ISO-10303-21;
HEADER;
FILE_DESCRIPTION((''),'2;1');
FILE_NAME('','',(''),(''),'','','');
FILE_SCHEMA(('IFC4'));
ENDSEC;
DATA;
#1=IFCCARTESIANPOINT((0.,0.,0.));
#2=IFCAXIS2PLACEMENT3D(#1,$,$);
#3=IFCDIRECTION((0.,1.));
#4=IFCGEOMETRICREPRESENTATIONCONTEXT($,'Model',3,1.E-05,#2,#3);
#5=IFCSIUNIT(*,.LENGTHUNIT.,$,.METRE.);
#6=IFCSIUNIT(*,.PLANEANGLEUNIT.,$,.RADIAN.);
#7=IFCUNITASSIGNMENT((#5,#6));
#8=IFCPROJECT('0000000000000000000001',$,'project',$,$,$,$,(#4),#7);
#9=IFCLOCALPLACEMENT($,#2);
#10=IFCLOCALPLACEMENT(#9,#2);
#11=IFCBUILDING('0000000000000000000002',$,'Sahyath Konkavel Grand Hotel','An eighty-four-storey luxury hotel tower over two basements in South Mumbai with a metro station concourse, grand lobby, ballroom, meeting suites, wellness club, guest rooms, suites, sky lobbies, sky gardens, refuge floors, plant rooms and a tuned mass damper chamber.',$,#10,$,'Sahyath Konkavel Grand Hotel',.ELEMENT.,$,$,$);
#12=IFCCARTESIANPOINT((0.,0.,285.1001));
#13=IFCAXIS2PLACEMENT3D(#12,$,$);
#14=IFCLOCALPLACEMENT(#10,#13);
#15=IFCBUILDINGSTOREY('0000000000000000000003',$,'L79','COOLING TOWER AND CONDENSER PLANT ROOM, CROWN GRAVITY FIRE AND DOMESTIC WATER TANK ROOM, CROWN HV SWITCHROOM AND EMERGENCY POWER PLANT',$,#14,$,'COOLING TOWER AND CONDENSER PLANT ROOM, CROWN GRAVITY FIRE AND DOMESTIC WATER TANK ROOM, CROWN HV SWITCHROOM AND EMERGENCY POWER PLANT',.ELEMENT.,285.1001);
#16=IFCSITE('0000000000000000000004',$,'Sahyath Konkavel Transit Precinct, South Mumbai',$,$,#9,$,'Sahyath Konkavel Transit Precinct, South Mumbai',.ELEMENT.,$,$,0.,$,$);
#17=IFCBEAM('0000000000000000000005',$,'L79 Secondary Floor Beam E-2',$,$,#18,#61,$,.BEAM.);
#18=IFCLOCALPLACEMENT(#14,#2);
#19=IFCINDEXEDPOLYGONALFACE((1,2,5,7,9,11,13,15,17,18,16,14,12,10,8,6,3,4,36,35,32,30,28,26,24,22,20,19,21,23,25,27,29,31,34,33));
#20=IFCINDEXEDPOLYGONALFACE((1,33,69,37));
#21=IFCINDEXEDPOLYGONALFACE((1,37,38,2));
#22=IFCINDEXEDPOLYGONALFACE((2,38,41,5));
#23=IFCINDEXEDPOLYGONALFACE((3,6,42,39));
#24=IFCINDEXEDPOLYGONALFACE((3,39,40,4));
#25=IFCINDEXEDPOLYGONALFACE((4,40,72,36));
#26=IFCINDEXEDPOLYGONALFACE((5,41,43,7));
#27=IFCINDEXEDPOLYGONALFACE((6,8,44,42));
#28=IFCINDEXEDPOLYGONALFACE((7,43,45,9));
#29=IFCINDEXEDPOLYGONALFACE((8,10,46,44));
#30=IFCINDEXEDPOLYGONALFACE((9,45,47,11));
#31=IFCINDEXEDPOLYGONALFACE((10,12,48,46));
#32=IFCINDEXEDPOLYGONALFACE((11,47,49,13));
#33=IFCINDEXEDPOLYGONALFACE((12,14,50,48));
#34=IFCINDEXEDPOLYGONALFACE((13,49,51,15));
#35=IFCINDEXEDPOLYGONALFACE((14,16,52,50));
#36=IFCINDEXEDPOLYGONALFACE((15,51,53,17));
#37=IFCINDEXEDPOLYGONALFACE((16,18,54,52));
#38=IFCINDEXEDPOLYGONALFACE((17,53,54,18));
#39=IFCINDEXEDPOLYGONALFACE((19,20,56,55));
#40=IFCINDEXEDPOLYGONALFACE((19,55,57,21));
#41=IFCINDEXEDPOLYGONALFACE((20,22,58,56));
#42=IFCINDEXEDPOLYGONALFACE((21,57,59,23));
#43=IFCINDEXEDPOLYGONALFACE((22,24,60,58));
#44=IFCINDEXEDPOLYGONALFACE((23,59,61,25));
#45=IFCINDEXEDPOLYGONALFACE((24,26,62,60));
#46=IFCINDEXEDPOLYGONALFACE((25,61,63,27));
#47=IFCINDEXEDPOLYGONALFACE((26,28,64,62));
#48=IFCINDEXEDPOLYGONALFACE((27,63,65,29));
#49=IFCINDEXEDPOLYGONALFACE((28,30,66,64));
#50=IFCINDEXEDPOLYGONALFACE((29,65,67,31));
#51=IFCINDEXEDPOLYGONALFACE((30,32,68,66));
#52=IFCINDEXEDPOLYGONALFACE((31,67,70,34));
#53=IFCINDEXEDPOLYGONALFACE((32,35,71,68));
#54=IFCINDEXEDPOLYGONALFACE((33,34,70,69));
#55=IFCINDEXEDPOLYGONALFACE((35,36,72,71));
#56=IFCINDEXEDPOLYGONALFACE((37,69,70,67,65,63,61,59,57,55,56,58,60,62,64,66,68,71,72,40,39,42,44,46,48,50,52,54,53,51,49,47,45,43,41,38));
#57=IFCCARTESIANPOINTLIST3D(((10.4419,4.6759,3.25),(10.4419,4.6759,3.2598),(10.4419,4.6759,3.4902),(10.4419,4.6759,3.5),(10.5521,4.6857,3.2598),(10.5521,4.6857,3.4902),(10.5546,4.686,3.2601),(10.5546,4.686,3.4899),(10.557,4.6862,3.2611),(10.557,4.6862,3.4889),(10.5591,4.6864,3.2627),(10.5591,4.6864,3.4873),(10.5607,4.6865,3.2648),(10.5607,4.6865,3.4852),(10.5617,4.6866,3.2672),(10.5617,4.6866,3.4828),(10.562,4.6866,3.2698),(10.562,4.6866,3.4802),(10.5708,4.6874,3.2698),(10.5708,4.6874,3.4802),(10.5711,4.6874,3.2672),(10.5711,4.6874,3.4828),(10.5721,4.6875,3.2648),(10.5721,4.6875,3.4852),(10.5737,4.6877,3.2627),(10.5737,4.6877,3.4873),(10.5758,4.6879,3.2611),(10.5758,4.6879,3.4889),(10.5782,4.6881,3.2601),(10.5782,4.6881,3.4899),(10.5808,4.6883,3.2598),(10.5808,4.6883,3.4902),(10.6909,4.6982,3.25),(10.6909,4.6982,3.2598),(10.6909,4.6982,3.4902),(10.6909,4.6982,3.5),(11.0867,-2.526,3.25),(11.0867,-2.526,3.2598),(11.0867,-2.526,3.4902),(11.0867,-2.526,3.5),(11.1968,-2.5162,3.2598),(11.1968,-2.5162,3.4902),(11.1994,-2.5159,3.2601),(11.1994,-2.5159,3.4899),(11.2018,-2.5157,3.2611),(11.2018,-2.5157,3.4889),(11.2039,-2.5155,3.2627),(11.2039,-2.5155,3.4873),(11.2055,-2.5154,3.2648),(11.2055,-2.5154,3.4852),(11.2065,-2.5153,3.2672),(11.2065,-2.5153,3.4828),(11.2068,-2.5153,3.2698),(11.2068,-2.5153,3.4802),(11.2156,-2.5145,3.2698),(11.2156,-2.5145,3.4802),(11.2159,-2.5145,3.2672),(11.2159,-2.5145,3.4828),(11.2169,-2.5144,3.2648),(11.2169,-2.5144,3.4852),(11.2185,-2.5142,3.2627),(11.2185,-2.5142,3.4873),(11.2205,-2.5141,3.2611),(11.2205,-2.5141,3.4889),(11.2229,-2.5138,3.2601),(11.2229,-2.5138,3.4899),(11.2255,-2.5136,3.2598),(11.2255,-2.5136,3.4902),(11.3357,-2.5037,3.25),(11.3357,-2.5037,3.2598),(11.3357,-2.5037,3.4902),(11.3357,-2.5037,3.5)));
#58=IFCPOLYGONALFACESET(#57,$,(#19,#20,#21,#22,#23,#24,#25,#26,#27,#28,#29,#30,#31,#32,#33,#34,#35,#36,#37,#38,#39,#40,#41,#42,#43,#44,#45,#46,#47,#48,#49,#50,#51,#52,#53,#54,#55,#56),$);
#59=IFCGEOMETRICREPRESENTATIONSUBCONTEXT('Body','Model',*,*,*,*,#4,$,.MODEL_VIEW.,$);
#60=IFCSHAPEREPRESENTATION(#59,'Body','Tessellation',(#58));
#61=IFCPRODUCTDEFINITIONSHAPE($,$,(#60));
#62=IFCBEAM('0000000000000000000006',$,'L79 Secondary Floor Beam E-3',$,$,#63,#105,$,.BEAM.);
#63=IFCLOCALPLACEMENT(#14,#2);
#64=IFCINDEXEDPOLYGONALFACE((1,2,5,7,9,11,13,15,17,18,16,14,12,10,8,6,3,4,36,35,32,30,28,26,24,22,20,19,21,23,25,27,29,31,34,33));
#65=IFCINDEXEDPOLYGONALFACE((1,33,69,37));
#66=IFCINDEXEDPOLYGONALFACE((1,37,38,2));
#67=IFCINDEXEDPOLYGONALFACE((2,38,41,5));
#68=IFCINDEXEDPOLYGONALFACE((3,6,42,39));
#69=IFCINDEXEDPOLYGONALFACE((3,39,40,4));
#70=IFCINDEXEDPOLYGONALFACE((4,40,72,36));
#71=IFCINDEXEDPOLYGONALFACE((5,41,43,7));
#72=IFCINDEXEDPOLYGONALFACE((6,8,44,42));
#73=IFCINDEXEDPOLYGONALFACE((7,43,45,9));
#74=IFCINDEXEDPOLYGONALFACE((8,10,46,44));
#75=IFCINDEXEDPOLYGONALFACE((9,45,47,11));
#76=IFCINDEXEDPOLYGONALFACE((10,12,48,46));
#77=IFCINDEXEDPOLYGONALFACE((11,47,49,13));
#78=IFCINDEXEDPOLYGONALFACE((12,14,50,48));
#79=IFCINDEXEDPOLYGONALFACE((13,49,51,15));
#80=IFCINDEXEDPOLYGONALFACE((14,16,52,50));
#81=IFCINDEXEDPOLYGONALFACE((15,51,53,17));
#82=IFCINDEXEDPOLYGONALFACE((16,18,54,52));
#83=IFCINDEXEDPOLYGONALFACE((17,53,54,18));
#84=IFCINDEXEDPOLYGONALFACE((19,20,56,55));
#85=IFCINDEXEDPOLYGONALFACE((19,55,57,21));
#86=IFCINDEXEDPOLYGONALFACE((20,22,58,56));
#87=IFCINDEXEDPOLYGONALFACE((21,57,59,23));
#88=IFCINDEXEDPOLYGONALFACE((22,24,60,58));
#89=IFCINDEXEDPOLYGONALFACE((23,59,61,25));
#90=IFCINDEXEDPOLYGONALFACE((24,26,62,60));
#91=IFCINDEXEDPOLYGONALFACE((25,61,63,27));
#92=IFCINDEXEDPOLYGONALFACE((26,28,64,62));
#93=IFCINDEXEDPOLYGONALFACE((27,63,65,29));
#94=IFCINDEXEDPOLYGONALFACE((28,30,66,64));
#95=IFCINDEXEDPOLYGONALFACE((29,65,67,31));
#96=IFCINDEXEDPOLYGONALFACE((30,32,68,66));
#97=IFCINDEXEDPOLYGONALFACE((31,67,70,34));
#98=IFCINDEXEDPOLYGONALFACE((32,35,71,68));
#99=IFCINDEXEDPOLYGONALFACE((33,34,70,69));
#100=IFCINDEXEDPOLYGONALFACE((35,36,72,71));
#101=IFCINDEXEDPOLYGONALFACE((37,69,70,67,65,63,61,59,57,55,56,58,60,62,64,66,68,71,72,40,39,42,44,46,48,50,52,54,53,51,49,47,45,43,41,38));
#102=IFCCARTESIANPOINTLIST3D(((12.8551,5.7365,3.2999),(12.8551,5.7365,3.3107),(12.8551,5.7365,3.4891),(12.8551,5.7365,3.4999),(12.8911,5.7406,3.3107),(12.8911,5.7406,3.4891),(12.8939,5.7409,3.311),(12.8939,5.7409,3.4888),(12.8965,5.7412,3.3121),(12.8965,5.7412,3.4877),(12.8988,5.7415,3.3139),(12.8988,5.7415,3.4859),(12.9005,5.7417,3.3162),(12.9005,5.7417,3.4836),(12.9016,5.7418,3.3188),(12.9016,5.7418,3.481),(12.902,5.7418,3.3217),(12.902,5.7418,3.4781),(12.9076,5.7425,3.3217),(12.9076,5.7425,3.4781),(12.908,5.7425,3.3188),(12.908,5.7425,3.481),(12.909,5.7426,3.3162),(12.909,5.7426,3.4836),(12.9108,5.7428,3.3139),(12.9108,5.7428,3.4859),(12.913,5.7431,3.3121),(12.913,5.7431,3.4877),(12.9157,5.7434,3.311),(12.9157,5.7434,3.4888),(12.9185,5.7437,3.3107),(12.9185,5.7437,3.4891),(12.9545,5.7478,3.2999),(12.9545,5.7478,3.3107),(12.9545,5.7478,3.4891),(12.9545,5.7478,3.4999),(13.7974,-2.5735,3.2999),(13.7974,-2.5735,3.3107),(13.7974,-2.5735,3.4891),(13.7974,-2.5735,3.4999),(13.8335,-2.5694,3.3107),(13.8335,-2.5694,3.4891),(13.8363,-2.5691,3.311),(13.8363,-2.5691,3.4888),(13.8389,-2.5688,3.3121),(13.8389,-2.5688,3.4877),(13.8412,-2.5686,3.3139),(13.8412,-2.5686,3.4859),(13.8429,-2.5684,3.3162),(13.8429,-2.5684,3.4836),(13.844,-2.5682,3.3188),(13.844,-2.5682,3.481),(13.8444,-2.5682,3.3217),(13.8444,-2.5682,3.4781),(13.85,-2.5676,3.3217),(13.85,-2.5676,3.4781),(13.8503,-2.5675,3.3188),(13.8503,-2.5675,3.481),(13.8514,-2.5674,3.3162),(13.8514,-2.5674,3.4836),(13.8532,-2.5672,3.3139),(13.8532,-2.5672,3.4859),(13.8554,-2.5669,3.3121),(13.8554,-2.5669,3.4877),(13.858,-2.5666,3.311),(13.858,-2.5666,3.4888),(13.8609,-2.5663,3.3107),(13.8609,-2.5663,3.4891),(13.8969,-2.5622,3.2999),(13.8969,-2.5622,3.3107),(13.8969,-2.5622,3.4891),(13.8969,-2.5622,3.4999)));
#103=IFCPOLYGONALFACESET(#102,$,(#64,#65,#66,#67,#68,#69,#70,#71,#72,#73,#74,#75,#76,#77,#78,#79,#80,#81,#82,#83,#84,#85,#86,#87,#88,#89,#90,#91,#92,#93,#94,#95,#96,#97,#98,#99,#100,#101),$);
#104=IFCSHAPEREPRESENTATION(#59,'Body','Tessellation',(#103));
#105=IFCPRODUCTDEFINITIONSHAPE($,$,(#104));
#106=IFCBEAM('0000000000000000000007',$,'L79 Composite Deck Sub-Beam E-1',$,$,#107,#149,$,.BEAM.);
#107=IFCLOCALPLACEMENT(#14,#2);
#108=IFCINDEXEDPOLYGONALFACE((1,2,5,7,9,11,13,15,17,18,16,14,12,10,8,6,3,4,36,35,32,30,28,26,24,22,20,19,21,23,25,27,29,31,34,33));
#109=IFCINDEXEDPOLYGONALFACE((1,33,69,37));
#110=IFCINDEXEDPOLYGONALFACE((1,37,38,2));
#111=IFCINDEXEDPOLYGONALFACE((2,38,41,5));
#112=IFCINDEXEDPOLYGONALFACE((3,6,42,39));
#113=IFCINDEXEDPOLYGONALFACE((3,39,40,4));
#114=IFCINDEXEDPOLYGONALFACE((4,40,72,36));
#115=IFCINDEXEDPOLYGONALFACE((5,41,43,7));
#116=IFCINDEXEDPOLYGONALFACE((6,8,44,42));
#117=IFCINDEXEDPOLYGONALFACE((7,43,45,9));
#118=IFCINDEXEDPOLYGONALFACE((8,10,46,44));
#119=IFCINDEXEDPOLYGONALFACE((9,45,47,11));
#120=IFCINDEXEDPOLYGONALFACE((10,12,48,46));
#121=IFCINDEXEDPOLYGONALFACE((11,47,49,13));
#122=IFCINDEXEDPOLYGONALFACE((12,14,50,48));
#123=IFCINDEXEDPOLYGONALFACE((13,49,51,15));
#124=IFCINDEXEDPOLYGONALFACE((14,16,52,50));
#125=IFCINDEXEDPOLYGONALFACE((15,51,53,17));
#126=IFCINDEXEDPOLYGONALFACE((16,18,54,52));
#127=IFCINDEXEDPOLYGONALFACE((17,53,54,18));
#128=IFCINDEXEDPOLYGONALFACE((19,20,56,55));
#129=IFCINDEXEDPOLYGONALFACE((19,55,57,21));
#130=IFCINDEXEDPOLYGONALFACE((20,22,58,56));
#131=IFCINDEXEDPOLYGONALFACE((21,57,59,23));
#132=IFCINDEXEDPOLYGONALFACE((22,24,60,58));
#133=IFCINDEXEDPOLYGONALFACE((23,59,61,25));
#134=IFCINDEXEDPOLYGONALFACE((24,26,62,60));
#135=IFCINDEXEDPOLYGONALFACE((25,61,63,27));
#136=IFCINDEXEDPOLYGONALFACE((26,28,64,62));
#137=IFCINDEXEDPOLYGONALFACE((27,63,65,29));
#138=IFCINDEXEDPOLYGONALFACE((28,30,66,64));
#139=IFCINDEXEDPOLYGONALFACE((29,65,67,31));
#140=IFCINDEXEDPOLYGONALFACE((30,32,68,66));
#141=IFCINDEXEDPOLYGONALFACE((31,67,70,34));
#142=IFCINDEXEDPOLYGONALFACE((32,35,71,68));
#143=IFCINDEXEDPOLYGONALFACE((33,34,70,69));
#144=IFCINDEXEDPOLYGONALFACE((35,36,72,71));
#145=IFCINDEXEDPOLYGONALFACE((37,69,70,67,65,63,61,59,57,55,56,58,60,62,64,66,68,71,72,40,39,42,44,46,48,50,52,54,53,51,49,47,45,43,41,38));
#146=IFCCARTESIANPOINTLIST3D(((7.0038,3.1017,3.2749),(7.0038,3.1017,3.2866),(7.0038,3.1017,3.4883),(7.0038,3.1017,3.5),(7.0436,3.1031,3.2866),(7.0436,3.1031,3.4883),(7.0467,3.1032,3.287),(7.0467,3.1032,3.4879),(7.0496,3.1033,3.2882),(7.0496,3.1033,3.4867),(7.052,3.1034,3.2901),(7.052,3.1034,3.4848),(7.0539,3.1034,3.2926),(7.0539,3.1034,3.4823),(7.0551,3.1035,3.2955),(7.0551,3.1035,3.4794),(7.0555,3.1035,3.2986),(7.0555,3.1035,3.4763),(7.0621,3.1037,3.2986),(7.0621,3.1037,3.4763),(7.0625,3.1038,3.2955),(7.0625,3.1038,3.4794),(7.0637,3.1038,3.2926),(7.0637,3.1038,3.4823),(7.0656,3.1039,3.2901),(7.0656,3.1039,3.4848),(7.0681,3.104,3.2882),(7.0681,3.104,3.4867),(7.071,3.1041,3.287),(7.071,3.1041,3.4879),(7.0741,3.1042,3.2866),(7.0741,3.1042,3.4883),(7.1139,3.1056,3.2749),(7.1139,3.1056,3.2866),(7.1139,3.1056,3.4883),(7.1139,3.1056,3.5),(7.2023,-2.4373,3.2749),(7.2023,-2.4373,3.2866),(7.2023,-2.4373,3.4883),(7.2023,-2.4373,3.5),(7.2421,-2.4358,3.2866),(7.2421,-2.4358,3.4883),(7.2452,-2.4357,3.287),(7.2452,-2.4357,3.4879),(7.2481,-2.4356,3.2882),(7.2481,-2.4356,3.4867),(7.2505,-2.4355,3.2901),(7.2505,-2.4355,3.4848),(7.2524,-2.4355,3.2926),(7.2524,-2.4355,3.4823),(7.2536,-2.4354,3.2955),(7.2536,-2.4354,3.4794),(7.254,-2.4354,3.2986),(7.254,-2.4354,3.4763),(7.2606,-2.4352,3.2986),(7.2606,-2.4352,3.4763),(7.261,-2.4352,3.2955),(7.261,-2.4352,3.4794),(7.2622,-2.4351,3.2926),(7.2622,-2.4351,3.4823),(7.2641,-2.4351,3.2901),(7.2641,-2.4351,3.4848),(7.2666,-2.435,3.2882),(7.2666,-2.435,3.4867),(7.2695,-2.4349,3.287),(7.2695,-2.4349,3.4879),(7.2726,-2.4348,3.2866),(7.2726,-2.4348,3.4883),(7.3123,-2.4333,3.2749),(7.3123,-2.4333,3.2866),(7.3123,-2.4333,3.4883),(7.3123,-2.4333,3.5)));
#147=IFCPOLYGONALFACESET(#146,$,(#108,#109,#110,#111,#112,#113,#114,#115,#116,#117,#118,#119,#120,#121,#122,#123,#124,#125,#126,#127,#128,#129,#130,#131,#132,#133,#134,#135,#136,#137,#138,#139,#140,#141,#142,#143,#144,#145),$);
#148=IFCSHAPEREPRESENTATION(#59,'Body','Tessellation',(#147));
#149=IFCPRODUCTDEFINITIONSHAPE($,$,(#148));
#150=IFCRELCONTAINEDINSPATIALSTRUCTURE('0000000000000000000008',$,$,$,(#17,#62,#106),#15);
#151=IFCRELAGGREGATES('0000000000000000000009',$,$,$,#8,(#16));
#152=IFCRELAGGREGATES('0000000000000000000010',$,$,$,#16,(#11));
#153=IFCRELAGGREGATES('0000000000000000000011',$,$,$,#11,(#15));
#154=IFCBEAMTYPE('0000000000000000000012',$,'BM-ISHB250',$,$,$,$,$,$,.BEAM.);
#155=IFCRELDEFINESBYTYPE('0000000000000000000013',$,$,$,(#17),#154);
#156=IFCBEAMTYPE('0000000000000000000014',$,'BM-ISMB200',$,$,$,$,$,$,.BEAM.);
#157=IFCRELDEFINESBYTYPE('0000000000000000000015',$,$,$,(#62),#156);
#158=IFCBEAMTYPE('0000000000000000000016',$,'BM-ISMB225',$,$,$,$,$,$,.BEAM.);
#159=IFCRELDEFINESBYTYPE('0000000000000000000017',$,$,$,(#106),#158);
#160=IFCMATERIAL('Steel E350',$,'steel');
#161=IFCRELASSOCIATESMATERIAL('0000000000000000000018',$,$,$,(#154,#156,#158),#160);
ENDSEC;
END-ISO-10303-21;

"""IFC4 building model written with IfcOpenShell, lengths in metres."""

from ifc_helpers import new_model, si_unit, direction, frame, origin, origin_2d, place, context, subcontext, project, spatial, i_section, extrude, source, transform, mapped, material, material_profile, profile_set, type_object, element, save


model = new_model("IFC4")

# Units and contexts
model_context = context("Model", 3, precision=1e-05, world=origin(), true_north=direction((0.0, 1.0)))
body_context = subcontext(model_context, "Body", "Model", "MODEL_VIEW")
ifc_project = project(units=[si_unit("LENGTHUNIT", "METRE"), si_unit("PLANEANGLEUNIT", "RADIAN")], contexts=[model_context])

# Site, building, storey
site_placement = place(None, origin())
site = spatial("IfcSite", under=ifc_project, at=site_placement, Name="Sahyath Konkavel Transit Precinct, South Mumbai", LongName="Sahyath Konkavel Transit Precinct, South Mumbai", CompositionType="ELEMENT", RefElevation=0.0)
building_placement = place(site_placement, origin())
building = spatial("IfcBuilding", under=site, at=building_placement, Name="Sahyath Konkavel Grand Hotel", Description="An eighty-four-storey luxury hotel tower over two basements in South Mumbai with a metro station concourse, grand lobby, ballroom, meeting suites, wellness club, guest rooms, suites, sky lobbies, sky gardens, refuge floors, plant rooms and a tuned mass damper chamber.", LongName="Sahyath Konkavel Grand Hotel", CompositionType="ELEMENT")
storey_placement = place(building_placement, frame((0.0, 0.0, 285.1001)))
storey = spatial("IfcBuildingStorey", under=building, at=storey_placement, Name="L79", Description="COOLING TOWER AND CONDENSER PLANT ROOM, CROWN GRAVITY FIRE AND DOMESTIC WATER TANK ROOM, CROWN HV SWITCHROOM AND EMERGENCY POWER PLANT", LongName="COOLING TOWER AND CONDENSER PLANT ROOM, CROWN GRAVITY FIRE AND DOMESTIC WATER TANK ROOM, CROWN HV SWITCHROOM AND EMERGENCY POWER PLANT", CompositionType="ELEMENT", Elevation=285.1001)

# Beams
ifc_material_1 = material(Name="Steel E350", Category="steel")
ifc_material_profile_1 = material_profile(ifc_material_1, i_section(OverallWidth=0.25, OverallDepth=0.25, WebThickness=0.0088, FlangeThickness=0.0098, FilletRadius=0.01, at=origin_2d()), Name="ISHB 250")
ifc_profile_set_1 = profile_set([ifc_material_profile_1], Name="Steel E350")
beam_type_1 = type_object("IfcBeamType", Name="BM-ISHB250", PredefinedType="BEAM", material=ifc_profile_set_1)
shared_shape_1 = source(origin(), body_context, "Body", "SweptSolid", [
    extrude(i_section(OverallWidth=0.25, OverallDepth=0.25, WebThickness=0.0088, FlangeThickness=0.0098, FilletRadius=0.01, at=origin_2d()), origin(), (0.0, 0.0, 1.0), 7.2307),
])
beam_1_placement = place(storey_placement, frame((11.2112, -2.5149, 3.375), z_axis=(-0.089172, 0.996016, 0.0), x_axis=(-0.996016, -0.089172, 0.0)))
element("IfcBeam", 1, at=beam_1_placement, inside=storey, type_object=beam_type_1, Name="L79 Secondary Floor Beam E-2", PredefinedType="BEAM", context=body_context, shape_type="MappedRepresentation", body=[
    mapped(shared_shape_1, transform((0.0, 0.0, 0.0), scale=1.0)),
])
ifc_material_profile_2 = material_profile(ifc_material_1, i_section(OverallWidth=0.1001, OverallDepth=0.2, WebThickness=0.0056, FlangeThickness=0.0107, FilletRadius=0.011, at=origin_2d()), Name="ISMB 200")
ifc_profile_set_2 = profile_set([ifc_material_profile_2], Name="Steel E350")
beam_type_2 = type_object("IfcBeamType", Name="BM-ISMB200", PredefinedType="BEAM", material=ifc_profile_set_2)
shared_shape_2 = source(origin(), body_context, "Body", "SweptSolid", [
    extrude(i_section(OverallWidth=0.1001, OverallDepth=0.2, WebThickness=0.0056, FlangeThickness=0.0107, FilletRadius=0.011, at=origin_2d()), origin(), (0.0, 0.0, 1.0), 8.3633),
])
beam_2_placement = place(storey_placement, frame((13.8472, -2.5679, 3.3999), z_axis=(-0.11268, 0.993631, 0.0), x_axis=(-0.993631, -0.11268, 0.0)))
element("IfcBeam", 2, at=beam_2_placement, inside=storey, type_object=beam_type_2, Name="L79 Secondary Floor Beam E-3", PredefinedType="BEAM", context=body_context, shape_type="MappedRepresentation", body=[
    mapped(shared_shape_2, transform((0.0, 0.0, 0.0), scale=1.0)),
])
ifc_material_profile_3 = material_profile(ifc_material_1, i_section(OverallWidth=0.1101, OverallDepth=0.2251, WebThickness=0.0066, FlangeThickness=0.0117, FilletRadius=0.012, at=origin_2d()), Name="ISMB 225")
ifc_profile_set_3 = profile_set([ifc_material_profile_3], Name="Steel E350")
beam_type_3 = type_object("IfcBeamType", Name="BM-ISMB225", PredefinedType="BEAM", material=ifc_profile_set_3)
shared_shape_3 = source(origin(), body_context, "Body", "SweptSolid", [
    extrude(i_section(OverallWidth=0.1101, OverallDepth=0.2251, WebThickness=0.0066, FlangeThickness=0.0117, FilletRadius=0.012, at=origin_2d()), origin(), (0.0, 0.0, 1.0), 5.5425),
])
beam_3_placement = place(storey_placement, frame((7.2573, -2.4353, 3.3875), z_axis=(-0.035813, 0.999359, 0.0), x_axis=(-0.999359, -0.035813, 0.0)))
element("IfcBeam", 3, at=beam_3_placement, inside=storey, type_object=beam_type_3, Name="L79 Composite Deck Sub-Beam E-1", PredefinedType="BEAM", context=body_context, shape_type="MappedRepresentation", body=[
    mapped(shared_shape_3, transform((0.0, 0.0, 0.0), scale=1.0)),
])

save(model, "model.ifc")
